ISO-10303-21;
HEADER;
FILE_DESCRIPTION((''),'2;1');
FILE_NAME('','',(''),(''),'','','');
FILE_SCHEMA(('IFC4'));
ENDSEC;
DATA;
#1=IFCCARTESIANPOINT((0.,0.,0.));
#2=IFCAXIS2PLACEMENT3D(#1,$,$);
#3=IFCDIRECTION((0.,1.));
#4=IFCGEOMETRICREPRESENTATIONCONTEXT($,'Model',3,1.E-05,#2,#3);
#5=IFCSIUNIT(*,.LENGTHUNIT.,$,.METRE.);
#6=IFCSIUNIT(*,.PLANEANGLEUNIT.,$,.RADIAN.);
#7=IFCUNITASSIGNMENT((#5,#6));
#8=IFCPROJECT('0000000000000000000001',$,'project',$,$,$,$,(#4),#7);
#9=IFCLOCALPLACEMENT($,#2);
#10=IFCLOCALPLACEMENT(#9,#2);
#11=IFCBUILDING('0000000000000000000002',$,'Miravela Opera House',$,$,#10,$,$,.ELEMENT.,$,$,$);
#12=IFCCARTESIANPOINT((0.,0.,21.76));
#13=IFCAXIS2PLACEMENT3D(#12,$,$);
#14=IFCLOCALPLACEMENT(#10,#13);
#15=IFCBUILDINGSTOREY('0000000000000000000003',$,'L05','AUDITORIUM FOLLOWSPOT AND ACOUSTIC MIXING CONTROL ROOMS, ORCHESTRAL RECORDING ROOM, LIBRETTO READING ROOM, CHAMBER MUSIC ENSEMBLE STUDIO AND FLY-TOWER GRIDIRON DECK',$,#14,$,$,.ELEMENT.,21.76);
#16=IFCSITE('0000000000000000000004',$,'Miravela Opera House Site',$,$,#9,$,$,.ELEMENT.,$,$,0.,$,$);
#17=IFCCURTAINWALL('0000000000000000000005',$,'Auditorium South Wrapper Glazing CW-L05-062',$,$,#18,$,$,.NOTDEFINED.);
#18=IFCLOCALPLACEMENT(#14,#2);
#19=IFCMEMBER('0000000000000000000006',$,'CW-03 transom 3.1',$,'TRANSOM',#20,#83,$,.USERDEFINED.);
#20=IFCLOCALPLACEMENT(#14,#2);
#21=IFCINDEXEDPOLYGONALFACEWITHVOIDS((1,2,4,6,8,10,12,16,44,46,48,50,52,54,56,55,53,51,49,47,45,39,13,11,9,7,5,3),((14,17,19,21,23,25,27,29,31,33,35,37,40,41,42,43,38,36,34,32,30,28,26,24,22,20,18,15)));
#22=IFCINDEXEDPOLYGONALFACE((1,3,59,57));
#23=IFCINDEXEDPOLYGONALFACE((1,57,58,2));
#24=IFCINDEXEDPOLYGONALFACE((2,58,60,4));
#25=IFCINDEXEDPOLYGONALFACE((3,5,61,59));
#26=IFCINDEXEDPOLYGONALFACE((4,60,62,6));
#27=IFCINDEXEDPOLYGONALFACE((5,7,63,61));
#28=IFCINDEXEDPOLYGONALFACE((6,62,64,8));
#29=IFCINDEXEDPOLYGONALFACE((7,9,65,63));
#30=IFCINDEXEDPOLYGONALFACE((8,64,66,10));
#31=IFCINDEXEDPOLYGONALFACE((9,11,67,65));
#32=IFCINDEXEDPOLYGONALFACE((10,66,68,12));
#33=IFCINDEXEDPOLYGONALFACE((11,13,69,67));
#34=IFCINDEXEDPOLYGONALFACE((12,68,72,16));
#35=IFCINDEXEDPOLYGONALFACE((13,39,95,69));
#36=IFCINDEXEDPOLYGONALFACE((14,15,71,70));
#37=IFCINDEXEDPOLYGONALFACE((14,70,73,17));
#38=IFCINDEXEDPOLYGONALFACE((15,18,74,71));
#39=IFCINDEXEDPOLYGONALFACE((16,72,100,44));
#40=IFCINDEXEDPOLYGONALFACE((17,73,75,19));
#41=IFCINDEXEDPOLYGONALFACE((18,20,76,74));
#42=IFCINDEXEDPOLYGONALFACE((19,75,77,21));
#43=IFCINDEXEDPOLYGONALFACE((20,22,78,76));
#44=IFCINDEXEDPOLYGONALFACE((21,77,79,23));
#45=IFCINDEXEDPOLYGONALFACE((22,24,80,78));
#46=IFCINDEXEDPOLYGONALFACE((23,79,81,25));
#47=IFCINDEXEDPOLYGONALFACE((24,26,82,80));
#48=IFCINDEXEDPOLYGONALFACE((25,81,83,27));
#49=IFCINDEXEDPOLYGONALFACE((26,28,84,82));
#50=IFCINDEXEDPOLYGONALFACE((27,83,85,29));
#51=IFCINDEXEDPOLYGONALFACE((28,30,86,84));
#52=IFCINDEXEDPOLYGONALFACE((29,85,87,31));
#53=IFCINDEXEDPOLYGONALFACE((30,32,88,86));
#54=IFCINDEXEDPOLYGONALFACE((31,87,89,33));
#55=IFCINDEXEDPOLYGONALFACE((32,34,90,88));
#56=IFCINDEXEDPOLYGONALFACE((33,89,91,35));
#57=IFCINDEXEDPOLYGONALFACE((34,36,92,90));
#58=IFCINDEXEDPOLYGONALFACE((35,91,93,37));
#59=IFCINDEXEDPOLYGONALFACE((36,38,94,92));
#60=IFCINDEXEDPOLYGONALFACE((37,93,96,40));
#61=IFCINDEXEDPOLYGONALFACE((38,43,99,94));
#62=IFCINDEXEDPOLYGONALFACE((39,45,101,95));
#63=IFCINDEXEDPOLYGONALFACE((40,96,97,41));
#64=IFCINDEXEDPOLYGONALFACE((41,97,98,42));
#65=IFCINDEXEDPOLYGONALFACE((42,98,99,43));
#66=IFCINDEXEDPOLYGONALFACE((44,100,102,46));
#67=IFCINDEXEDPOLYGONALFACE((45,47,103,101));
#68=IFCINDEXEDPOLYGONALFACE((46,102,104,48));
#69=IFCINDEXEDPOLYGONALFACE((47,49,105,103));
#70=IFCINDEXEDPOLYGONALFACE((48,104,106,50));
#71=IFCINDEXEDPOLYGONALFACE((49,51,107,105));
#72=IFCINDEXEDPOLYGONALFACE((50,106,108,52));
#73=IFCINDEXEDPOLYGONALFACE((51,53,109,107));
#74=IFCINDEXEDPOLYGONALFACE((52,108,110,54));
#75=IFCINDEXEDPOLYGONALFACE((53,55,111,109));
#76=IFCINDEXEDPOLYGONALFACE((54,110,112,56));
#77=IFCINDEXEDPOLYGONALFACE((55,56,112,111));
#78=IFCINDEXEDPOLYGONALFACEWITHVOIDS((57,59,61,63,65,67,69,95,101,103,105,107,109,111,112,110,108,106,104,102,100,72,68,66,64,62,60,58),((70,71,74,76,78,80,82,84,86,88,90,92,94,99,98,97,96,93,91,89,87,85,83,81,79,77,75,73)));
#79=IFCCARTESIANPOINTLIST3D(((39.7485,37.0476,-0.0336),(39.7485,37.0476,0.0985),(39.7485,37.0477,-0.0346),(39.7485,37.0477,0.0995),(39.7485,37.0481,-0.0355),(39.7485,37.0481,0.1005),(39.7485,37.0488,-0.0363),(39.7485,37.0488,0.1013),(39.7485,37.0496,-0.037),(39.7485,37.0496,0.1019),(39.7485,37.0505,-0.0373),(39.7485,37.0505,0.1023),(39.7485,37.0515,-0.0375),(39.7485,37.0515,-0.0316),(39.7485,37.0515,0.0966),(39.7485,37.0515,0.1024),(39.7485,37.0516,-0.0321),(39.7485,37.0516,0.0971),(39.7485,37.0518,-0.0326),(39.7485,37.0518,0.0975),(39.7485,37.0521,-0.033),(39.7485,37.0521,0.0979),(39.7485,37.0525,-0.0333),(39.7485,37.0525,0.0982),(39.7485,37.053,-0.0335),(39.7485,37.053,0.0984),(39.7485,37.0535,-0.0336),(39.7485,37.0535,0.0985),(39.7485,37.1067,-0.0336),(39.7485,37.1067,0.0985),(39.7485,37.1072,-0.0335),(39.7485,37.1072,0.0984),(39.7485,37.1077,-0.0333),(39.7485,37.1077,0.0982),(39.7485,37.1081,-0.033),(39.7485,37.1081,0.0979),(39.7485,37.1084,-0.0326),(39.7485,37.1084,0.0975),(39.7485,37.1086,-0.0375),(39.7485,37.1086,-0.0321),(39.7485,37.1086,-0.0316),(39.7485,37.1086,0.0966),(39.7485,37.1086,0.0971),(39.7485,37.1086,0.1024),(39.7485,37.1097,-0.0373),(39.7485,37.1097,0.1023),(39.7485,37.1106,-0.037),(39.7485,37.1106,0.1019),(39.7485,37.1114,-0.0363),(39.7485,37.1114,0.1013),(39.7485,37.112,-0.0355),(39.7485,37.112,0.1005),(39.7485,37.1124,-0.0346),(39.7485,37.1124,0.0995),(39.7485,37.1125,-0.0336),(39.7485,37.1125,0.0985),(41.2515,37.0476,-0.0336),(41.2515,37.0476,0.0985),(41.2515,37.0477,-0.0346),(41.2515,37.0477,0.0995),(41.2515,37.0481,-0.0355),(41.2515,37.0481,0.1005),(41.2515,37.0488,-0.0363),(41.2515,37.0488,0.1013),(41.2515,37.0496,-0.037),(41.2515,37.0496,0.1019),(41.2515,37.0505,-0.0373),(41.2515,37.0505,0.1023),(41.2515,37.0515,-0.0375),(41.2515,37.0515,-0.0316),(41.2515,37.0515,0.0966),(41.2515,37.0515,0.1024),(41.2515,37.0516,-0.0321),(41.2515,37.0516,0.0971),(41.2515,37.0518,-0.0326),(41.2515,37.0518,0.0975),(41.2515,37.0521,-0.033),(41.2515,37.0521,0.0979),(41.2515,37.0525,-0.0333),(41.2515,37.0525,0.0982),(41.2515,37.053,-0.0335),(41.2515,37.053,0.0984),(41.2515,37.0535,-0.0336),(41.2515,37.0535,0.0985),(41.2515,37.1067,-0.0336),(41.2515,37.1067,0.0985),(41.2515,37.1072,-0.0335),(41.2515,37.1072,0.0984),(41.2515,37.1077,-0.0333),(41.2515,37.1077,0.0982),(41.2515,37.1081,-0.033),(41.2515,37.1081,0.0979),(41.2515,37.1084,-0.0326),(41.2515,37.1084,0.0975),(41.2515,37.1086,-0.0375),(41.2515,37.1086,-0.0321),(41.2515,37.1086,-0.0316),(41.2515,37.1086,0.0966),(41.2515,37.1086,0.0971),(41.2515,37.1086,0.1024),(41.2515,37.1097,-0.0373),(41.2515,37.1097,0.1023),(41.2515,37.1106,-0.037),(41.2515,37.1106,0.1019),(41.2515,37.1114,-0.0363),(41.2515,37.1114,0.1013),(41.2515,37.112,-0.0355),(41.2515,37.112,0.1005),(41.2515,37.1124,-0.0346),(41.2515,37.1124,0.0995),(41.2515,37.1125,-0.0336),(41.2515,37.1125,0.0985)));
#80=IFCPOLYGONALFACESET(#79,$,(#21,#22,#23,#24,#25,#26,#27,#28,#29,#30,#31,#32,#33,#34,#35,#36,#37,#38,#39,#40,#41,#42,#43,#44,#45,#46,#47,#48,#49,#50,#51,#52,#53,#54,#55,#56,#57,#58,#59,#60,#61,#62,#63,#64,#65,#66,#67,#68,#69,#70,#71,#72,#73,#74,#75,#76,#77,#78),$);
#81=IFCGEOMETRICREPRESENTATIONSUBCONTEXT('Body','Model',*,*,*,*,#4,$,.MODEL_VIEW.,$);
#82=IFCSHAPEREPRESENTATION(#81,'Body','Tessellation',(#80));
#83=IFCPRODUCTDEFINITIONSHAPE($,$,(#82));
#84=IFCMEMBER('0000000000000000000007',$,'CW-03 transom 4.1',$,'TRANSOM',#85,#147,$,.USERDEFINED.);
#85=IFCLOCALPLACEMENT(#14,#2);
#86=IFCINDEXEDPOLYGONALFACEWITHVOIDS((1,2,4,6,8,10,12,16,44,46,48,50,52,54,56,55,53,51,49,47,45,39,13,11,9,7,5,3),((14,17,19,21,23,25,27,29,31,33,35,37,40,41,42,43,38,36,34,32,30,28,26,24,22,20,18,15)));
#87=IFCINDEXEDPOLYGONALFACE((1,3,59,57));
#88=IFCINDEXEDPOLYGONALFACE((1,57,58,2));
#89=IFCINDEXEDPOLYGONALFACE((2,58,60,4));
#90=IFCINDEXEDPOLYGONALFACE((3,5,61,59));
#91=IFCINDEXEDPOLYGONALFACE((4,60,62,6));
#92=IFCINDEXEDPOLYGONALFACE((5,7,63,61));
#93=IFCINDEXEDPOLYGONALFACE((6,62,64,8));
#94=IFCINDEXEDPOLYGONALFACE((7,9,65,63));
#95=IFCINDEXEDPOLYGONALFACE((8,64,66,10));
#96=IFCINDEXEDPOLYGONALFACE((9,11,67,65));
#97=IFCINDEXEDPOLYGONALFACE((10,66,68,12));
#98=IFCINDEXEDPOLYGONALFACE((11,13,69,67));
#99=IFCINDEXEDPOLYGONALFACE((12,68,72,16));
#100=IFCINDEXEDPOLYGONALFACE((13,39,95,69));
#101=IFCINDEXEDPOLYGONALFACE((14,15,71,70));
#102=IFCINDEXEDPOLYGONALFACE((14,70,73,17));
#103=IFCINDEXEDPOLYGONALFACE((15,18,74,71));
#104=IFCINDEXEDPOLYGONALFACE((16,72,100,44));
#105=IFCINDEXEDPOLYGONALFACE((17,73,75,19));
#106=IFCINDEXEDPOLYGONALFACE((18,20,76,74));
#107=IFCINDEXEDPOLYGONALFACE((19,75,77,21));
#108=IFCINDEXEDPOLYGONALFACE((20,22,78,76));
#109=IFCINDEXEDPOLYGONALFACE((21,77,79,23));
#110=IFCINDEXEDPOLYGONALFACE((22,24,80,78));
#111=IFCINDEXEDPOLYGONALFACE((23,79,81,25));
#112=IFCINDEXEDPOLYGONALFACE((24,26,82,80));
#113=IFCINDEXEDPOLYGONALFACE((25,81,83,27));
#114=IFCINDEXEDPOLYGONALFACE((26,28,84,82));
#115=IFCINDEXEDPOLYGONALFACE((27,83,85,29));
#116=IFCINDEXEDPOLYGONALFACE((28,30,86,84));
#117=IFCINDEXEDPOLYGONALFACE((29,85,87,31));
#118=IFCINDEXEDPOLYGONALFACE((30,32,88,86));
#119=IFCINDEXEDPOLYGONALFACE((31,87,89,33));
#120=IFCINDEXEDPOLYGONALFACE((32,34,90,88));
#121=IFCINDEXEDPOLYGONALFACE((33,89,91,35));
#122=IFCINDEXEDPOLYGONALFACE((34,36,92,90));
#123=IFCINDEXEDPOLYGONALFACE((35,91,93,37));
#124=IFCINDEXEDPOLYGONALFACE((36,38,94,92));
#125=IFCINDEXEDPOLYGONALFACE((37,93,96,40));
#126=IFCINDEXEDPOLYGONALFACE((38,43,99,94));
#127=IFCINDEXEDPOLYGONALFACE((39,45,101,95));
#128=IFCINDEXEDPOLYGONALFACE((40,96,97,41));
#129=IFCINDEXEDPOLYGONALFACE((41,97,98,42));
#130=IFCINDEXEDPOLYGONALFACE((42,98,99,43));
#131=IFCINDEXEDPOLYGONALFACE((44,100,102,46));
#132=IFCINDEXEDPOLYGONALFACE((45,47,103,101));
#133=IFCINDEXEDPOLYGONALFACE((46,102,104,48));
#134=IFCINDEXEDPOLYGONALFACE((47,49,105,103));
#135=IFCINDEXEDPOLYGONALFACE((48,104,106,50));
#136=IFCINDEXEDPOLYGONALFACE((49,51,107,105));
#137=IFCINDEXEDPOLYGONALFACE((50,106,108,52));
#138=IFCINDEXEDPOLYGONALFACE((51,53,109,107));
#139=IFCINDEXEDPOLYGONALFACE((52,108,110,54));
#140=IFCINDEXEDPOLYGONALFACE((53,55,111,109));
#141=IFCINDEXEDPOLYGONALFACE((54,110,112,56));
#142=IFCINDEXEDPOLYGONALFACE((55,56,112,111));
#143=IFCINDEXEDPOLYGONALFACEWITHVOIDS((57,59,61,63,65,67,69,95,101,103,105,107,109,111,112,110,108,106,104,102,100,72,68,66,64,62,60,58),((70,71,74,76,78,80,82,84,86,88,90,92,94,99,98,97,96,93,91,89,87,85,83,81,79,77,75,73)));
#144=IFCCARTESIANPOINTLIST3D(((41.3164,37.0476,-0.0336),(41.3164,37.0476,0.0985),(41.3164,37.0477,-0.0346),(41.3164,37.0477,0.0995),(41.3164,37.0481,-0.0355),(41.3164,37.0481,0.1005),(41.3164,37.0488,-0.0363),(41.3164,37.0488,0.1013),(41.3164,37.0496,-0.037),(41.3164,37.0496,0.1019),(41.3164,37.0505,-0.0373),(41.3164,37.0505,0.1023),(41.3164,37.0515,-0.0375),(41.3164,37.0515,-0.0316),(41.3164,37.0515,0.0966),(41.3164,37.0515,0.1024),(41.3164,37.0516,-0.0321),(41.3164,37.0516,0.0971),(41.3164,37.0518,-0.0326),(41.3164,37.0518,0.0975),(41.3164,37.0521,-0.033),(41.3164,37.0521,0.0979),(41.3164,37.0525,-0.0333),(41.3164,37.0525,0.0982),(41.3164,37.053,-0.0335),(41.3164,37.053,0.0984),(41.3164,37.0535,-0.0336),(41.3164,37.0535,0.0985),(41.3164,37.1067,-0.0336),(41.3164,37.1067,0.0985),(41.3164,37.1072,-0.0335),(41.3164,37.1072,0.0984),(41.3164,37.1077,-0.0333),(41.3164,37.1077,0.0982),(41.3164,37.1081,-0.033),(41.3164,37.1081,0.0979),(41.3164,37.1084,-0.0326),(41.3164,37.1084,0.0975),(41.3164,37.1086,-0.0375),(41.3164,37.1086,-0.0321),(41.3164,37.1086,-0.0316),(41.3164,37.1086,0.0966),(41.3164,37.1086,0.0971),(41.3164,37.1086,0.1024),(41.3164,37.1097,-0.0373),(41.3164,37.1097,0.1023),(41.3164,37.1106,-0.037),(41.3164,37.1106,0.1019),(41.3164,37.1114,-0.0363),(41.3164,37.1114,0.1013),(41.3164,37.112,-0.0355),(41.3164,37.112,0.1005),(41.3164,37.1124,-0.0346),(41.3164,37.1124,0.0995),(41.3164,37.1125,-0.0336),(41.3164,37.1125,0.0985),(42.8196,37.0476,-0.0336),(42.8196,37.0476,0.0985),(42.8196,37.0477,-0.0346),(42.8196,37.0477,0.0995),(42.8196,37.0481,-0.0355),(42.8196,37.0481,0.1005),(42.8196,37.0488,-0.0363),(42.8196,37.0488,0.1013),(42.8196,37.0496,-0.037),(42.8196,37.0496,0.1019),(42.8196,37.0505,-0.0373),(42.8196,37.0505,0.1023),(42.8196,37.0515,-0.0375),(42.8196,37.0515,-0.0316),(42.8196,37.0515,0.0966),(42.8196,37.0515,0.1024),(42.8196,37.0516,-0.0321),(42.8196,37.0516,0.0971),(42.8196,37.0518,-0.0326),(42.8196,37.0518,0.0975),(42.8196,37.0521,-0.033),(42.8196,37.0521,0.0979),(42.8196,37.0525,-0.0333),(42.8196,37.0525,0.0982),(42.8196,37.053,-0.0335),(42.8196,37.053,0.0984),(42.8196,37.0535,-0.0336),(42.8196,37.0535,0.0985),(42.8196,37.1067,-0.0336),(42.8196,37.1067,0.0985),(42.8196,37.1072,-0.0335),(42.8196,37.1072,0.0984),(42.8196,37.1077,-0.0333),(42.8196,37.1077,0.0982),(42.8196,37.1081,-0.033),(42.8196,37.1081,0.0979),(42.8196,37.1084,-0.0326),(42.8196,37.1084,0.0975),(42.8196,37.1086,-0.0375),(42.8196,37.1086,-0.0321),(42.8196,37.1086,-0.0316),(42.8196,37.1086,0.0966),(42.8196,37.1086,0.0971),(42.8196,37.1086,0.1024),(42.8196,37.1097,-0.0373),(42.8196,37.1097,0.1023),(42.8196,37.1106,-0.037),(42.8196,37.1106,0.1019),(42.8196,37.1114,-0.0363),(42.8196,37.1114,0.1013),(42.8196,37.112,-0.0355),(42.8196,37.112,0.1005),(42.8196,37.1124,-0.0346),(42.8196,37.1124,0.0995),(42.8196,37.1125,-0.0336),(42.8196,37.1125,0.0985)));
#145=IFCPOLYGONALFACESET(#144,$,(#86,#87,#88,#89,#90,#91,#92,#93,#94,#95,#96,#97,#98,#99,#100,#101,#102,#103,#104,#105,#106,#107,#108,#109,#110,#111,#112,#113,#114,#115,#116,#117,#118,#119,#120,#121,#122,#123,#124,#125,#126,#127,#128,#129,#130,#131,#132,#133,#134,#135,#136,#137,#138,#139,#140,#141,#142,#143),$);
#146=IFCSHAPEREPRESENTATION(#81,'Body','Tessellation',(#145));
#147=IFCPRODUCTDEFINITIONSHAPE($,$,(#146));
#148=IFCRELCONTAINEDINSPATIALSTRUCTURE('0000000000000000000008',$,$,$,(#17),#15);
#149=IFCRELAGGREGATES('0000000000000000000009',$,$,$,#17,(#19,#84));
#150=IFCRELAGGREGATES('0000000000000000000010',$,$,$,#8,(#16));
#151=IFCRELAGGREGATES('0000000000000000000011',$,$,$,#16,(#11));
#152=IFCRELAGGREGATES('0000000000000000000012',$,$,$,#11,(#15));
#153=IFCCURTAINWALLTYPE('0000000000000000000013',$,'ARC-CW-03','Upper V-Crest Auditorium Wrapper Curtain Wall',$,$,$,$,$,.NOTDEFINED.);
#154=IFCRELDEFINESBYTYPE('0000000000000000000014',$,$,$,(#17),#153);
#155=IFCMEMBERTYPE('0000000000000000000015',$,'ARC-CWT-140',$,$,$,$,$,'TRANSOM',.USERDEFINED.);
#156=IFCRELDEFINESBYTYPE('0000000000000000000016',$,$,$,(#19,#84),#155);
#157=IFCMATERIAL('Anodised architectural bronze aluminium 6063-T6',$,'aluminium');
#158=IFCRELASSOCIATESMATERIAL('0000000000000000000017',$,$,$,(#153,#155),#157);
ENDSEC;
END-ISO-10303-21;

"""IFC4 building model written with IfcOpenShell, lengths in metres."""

from ifc_helpers import new_model, si_unit, direction, frame, origin, origin_2d, place, context, subcontext, project, spatial, hollow_rectangle, extrude, material, material_profile, profile_set, type_object, element, aggregate, save


model = new_model("IFC4")

# Units and contexts
model_context = context("Model", 3, precision=1e-05, world=origin(), true_north=direction((0.0, 1.0)))
body_context = subcontext(model_context, "Body", "Model", "MODEL_VIEW")
ifc_project = project(units=[si_unit("LENGTHUNIT", "METRE"), si_unit("PLANEANGLEUNIT", "RADIAN")], contexts=[model_context])

# Site, building, storey
site_placement = place(None, origin())
site = spatial("IfcSite", under=ifc_project, at=site_placement, Name="Miravela Opera House Site", CompositionType="ELEMENT", RefElevation=0.0)
building_placement = place(site_placement, origin())
building = spatial("IfcBuilding", under=site, at=building_placement, Name="Miravela Opera House", CompositionType="ELEMENT")
storey_placement = place(building_placement, frame((0.0, 0.0, 21.76)))
storey = spatial("IfcBuildingStorey", under=building, at=storey_placement, Name="L05", Description="AUDITORIUM FOLLOWSPOT AND ACOUSTIC MIXING CONTROL ROOMS, ORCHESTRAL RECORDING ROOM, LIBRETTO READING ROOM, CHAMBER MUSIC ENSEMBLE STUDIO AND FLY-TOWER GRIDIRON DECK", CompositionType="ELEMENT", Elevation=21.76)

# Curtain wall, members
ifc_material_1 = material(Name="Anodised architectural bronze aluminium 6063-T6", Category="aluminium")
curtain_wall_type = type_object("IfcCurtainWallType", Name="ARC-CW-03", Description="Upper V-Crest Auditorium Wrapper Curtain Wall", PredefinedType="NOTDEFINED", material=ifc_material_1)
curtain_wall_placement = place(storey_placement, origin())
curtain_wall = element("IfcCurtainWall", 1, at=curtain_wall_placement, inside=storey, type_object=curtain_wall_type, Name="Auditorium South Wrapper Glazing CW-L05-062", PredefinedType="NOTDEFINED")
ifc_material_profile_1 = material_profile(ifc_material_1, hollow_rectangle(XDim=0.0649, YDim=0.1399, WallThickness=0.0039, InnerFilletRadius=0.002, OuterFilletRadius=0.0039, at=origin_2d()), Name="CWT-65X140")
ifc_profile_set_1 = profile_set([ifc_material_profile_1])
member_type_1 = type_object("IfcMemberType", Name="ARC-CWT-140", ElementType="TRANSOM", PredefinedType="USERDEFINED", material=ifc_profile_set_1)
member_1_placement = place(storey_placement, frame((39.7485, 37.0801, 0.0325), z_axis=(1.0, 0.0, 0.0), x_axis=(0.0, 1.0, 0.0)))
member_1 = element("IfcMember", 2, at=member_1_placement, type_object=member_type_1, Name="CW-03 transom 3.1", ObjectType="TRANSOM", PredefinedType="USERDEFINED", context=body_context, shape_type="SweptSolid", body=[
    extrude(hollow_rectangle(XDim=0.0649, YDim=0.1399, WallThickness=0.0039, InnerFilletRadius=0.002, OuterFilletRadius=0.0039, at=origin_2d()), origin(), (0.0, 0.0, 1.0), 1.5029),
])
member_2_placement = place(storey_placement, frame((41.3164, 37.0801, 0.0325), z_axis=(1.0, 0.0, 0.0), x_axis=(0.0, 1.0, 0.0)))
member_2 = element("IfcMember", 3, at=member_2_placement, type_object=member_type_1, Name="CW-03 transom 4.1", ObjectType="TRANSOM", PredefinedType="USERDEFINED", context=body_context, shape_type="SweptSolid", body=[
    extrude(hollow_rectangle(XDim=0.0649, YDim=0.1399, WallThickness=0.0039, InnerFilletRadius=0.002, OuterFilletRadius=0.0039, at=origin_2d()), origin(), (0.0, 0.0, 1.0), 1.5032),
])

aggregate(curtain_wall, [member_1, member_2])

save(model, "model.ifc")
